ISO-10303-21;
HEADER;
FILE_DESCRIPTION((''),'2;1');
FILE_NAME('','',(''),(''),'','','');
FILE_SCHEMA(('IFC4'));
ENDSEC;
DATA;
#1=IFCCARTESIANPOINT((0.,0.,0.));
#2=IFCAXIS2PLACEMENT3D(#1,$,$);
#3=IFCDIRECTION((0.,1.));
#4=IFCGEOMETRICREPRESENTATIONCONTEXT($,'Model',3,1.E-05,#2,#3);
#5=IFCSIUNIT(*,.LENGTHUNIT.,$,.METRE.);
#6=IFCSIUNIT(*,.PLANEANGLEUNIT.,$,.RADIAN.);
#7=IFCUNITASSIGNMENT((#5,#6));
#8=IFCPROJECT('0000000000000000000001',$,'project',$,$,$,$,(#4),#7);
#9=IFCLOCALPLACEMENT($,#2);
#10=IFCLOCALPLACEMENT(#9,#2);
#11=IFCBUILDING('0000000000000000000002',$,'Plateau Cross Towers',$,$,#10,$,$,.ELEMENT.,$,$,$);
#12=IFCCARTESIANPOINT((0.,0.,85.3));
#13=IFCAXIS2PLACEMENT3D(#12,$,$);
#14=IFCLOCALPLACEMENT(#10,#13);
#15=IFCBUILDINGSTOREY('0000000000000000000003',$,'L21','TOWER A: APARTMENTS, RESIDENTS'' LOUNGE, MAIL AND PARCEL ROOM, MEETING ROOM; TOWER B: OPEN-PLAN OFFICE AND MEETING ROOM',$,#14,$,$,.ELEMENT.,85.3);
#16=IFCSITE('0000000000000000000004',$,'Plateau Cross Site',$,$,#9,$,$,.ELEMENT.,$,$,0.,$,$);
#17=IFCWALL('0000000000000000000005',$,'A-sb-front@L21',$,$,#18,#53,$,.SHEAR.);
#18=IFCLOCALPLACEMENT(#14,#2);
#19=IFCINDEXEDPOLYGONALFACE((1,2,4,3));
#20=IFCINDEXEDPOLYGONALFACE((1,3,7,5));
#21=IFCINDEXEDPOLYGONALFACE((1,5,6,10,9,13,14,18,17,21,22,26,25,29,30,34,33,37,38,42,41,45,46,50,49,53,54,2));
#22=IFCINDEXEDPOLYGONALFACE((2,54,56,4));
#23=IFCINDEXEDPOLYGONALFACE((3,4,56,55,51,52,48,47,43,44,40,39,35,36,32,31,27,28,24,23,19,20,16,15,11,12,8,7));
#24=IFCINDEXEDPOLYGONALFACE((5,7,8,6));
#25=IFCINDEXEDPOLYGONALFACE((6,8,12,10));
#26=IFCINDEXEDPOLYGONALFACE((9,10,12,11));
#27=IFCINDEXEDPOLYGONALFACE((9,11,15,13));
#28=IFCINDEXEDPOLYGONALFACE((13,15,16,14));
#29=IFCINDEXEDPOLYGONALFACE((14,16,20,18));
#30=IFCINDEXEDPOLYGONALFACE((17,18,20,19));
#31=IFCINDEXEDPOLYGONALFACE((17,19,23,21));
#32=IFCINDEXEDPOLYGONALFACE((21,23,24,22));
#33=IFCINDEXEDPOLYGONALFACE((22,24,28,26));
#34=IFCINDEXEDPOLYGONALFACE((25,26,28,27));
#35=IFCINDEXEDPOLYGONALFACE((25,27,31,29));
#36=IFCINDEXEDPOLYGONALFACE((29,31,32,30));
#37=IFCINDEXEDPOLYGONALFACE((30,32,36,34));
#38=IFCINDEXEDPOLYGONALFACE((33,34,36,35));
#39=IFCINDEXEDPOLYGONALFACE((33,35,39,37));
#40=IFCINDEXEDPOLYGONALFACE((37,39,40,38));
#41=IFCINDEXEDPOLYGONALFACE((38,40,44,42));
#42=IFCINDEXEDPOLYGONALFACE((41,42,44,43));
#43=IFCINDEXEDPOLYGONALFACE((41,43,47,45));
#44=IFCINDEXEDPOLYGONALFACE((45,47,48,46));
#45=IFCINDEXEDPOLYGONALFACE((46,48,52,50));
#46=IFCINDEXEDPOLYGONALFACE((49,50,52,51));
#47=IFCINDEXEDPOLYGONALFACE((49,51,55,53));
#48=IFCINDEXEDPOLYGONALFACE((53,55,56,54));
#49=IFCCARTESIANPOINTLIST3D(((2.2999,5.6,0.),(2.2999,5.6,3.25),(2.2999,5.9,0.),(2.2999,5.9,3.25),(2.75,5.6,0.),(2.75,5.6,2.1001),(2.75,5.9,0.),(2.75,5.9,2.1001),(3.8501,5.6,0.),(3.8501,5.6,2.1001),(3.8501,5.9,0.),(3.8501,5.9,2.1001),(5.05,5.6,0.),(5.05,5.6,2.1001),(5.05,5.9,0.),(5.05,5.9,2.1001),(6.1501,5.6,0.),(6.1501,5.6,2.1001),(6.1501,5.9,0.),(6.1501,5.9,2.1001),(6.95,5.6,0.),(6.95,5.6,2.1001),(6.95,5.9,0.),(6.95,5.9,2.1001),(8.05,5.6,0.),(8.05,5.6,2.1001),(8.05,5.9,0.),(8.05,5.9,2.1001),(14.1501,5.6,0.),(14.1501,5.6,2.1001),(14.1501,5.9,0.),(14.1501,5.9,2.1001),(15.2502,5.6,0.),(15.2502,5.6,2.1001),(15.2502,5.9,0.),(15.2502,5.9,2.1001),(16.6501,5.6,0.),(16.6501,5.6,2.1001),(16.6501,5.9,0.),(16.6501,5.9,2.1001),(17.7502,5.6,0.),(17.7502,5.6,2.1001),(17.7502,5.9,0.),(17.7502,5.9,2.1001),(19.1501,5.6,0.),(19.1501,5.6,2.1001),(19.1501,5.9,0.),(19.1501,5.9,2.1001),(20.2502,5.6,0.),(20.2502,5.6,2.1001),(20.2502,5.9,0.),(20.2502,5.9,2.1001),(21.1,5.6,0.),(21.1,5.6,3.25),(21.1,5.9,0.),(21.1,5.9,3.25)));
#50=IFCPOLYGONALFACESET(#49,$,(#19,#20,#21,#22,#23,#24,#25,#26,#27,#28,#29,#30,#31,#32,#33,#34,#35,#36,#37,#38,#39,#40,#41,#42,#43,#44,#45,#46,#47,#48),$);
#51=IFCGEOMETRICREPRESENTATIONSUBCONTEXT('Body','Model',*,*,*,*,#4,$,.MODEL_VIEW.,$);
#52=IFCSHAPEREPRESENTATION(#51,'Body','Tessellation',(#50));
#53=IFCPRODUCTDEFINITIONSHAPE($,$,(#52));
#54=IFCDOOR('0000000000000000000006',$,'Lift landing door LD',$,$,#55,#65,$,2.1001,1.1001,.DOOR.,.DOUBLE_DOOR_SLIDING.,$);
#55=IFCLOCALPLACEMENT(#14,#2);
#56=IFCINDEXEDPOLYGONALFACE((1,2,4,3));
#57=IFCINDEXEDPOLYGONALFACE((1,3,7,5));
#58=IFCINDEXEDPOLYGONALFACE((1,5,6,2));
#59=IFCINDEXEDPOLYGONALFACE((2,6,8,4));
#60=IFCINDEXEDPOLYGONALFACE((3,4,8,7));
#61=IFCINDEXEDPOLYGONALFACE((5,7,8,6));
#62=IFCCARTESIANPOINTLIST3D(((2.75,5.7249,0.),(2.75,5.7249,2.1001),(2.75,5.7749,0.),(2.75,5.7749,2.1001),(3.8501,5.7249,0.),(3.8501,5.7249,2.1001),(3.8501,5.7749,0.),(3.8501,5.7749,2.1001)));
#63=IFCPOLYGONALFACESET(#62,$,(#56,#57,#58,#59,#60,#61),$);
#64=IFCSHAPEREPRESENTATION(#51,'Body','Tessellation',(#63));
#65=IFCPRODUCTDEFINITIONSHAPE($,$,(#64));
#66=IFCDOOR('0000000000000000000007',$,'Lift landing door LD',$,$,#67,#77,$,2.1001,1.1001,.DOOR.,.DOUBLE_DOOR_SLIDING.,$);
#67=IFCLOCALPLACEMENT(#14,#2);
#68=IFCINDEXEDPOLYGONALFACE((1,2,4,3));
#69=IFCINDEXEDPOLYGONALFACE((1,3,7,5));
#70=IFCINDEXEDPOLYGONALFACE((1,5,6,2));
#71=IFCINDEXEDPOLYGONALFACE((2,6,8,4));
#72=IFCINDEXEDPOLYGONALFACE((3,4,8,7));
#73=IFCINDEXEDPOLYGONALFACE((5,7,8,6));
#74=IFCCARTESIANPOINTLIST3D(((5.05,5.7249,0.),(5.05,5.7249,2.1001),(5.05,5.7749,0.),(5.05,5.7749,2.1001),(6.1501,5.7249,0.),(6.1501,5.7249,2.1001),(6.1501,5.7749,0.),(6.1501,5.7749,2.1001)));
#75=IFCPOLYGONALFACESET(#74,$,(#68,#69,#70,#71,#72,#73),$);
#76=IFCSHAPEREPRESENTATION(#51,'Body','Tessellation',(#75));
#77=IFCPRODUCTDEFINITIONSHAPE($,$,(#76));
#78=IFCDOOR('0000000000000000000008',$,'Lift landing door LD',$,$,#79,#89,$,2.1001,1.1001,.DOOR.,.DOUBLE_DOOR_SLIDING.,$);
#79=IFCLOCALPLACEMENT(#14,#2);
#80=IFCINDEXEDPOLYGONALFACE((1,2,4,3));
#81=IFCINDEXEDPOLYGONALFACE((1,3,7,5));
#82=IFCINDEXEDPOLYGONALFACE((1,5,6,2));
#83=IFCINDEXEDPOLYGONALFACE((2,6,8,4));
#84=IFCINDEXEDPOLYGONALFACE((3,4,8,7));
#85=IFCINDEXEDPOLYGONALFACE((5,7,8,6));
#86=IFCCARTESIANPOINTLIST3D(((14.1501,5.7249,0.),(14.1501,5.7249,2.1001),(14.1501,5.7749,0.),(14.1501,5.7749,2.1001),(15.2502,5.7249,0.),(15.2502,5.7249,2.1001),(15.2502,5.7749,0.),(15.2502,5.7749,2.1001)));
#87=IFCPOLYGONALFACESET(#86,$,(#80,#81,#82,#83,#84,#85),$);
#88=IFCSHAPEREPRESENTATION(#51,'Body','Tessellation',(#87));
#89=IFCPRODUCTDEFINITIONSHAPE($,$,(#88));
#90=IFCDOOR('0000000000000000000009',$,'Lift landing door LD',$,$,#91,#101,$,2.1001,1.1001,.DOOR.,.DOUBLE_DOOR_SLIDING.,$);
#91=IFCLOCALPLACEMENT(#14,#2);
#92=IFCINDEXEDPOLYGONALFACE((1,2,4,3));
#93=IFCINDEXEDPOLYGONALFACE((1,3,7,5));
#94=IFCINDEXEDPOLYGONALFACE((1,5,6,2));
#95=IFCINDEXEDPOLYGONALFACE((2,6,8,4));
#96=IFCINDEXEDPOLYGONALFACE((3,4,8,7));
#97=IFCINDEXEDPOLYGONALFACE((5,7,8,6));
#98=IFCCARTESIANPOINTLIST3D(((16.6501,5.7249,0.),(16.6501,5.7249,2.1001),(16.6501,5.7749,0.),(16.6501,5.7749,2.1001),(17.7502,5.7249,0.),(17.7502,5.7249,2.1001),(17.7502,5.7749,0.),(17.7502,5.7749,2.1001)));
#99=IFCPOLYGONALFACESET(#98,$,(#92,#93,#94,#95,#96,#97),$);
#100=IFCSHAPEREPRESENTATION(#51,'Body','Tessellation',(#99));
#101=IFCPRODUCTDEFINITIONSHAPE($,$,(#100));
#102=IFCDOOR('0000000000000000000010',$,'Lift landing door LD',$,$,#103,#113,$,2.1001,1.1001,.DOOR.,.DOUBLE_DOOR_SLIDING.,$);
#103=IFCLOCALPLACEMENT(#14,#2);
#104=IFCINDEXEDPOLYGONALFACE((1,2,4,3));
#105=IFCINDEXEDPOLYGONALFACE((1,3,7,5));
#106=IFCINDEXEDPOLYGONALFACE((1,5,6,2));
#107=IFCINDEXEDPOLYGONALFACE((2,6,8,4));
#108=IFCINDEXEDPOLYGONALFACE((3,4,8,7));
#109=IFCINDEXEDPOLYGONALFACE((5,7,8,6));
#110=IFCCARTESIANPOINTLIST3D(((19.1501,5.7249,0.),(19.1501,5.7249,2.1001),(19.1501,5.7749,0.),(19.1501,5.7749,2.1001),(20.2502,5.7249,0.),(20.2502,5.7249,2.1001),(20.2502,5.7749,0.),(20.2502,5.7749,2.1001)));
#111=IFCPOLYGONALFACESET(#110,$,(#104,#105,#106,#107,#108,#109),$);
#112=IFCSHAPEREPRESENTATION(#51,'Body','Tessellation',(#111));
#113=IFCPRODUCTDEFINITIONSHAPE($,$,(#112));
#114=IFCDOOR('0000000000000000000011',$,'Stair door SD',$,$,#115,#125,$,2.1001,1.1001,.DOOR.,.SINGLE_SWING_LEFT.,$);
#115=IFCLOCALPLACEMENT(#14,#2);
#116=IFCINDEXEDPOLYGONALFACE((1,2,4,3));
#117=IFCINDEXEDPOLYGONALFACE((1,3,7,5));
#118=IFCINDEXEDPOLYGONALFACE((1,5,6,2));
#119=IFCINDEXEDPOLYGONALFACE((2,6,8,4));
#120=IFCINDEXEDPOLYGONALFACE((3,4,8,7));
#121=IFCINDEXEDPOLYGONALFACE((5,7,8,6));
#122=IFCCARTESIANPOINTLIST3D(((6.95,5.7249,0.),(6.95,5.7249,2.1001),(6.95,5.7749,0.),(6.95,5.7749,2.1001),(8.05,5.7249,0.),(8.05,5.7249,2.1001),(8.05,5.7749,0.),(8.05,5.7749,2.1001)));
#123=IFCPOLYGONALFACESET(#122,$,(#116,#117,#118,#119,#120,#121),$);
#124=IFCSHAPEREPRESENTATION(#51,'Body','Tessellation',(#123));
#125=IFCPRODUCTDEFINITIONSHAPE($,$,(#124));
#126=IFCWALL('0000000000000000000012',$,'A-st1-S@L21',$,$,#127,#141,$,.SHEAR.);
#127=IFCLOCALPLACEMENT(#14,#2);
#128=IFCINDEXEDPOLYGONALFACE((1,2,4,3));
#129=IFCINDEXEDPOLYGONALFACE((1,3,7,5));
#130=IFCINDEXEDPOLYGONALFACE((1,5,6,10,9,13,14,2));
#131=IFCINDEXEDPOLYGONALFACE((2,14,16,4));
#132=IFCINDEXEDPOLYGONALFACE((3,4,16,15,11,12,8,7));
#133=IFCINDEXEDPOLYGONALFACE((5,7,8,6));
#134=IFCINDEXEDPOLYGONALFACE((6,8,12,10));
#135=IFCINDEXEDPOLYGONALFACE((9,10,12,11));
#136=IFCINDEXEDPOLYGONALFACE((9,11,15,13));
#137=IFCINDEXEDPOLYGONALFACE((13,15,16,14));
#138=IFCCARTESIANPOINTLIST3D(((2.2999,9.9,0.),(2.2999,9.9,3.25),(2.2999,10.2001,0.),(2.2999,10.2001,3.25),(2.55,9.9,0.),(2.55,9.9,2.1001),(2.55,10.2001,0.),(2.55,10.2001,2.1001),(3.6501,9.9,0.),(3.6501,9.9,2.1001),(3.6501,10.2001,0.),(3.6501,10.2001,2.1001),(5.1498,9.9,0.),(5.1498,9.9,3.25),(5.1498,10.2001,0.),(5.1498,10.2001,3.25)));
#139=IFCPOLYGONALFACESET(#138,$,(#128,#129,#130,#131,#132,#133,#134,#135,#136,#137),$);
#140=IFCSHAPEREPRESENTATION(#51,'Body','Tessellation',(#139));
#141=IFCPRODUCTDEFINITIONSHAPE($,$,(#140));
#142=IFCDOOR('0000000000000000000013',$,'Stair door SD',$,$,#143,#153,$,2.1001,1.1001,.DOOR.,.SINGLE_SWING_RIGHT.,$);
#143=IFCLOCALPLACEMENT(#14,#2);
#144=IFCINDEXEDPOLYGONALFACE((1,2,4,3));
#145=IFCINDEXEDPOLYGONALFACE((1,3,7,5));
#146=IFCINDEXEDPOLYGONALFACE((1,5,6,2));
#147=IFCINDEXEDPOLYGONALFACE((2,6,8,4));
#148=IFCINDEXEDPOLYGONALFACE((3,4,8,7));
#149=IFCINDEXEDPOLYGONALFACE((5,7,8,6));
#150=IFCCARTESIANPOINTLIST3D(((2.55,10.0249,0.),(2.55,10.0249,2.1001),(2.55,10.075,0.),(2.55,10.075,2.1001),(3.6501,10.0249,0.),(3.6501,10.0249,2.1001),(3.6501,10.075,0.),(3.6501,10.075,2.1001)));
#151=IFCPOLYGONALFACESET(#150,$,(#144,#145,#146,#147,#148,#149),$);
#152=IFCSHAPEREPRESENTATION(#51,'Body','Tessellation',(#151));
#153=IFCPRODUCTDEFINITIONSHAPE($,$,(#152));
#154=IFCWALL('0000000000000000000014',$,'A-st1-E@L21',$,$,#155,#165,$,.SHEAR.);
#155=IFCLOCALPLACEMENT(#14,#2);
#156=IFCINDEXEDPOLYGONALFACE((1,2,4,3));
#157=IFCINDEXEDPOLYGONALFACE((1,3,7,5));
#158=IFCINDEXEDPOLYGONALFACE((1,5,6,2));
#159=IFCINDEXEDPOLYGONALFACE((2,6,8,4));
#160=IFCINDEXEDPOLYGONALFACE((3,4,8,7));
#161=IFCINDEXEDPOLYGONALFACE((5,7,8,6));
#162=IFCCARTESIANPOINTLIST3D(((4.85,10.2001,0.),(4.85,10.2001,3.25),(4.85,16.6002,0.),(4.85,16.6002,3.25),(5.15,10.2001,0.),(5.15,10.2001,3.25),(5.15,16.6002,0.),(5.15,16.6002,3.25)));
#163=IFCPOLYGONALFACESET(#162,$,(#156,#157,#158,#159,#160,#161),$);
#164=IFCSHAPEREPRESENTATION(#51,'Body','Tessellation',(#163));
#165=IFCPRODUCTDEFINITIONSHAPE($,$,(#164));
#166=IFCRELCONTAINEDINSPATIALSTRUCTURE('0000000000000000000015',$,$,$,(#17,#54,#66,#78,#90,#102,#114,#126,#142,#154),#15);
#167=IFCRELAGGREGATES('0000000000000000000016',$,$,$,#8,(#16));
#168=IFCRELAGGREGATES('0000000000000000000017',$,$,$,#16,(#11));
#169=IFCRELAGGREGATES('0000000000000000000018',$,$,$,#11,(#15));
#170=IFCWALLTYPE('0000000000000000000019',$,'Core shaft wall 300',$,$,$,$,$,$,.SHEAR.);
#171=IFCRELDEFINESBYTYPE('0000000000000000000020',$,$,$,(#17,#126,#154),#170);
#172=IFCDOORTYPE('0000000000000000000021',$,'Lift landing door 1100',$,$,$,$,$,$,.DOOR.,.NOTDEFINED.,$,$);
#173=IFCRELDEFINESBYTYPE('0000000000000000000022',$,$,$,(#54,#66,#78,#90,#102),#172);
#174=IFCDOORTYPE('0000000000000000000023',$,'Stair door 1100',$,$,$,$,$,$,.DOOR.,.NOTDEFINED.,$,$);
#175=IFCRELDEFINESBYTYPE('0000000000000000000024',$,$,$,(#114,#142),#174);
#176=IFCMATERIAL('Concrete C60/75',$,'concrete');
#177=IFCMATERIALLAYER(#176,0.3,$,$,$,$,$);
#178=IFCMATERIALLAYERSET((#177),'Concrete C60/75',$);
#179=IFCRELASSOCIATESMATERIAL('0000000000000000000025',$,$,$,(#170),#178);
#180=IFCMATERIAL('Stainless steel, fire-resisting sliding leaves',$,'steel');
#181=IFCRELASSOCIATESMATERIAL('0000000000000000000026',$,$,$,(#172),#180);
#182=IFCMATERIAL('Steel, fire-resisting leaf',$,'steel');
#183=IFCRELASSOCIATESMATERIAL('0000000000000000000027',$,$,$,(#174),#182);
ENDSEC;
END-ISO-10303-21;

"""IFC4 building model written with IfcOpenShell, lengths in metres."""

from ifc_helpers import new_model, si_unit, direction, frame, frame_2d, origin, place, context, subcontext, project, spatial, rectangle, extrude, material, layer, layer_set, type_object, element, fill, save


model = new_model("IFC4")

# Units and contexts
model_context = context("Model", 3, precision=1e-05, world=origin(), true_north=direction((0.0, 1.0)))
body_context = subcontext(model_context, "Body", "Model", "MODEL_VIEW")
ifc_project = project(units=[si_unit("LENGTHUNIT", "METRE"), si_unit("PLANEANGLEUNIT", "RADIAN")], contexts=[model_context])

# Site, building, storey
site_placement = place(None, origin())
site = spatial("IfcSite", under=ifc_project, at=site_placement, Name="Plateau Cross Site", CompositionType="ELEMENT", RefElevation=0.0)
building_placement = place(site_placement, origin())
building = spatial("IfcBuilding", under=site, at=building_placement, Name="Plateau Cross Towers", CompositionType="ELEMENT")
storey_placement = place(building_placement, frame((0.0, 0.0, 85.3)))
storey = spatial("IfcBuildingStorey", under=building, at=storey_placement, Name="L21", Description="TOWER A: APARTMENTS, RESIDENTS' LOUNGE, MAIL AND PARCEL ROOM, MEETING ROOM; TOWER B: OPEN-PLAN OFFICE AND MEETING ROOM", CompositionType="ELEMENT", Elevation=85.3)

# Shared definitions
ifc_material_1 = material(Name="Steel, fire-resisting leaf", Category="steel")

# Shared definitions
ifc_material_2 = material(Name="Concrete C60/75", Category="concrete")
ifc_layer_1 = layer(ifc_material_2, 0.3)
ifc_layer_set_1 = layer_set([ifc_layer_1], Name="Concrete C60/75")
wall_type_1 = type_object("IfcWallType", Name="Core shaft wall 300", PredefinedType="SHEAR", material=ifc_layer_set_1)

# Wall, openings, doors
wall_1_placement = place(storey_placement, frame((2.3, 5.75, 0.0), z_axis=(0.0, 0.0, 1.0), x_axis=(1.0, 0.0, 0.0)))
wall_1 = element("IfcWall", 1, at=wall_1_placement, inside=storey, type_object=wall_type_1, Name="A-sb-front@L21", PredefinedType="SHEAR", context=body_context, shape_type="SweptSolid", body=[
    extrude(rectangle(XDim=18.8, YDim=0.3, at=frame_2d((9.3999, 0.0))), origin(), (0.0, 0.0, 1.0), 3.25),
])
opening_1_placement = place(wall_1_placement, frame((4.6499, 0.0, 0.0)))
opening_1 = element("IfcOpeningElement", 2, at=opening_1_placement, cuts=wall_1, PredefinedType="OPENING", context=body_context, shape_type="SweptSolid", body=[
    extrude(rectangle(XDim=1.1001, YDim=2.1001, at=frame_2d((0.55, 1.05))), frame((0.0, 0.1599, 0.0), z_axis=(0.0, -1.0, 0.0), x_axis=(1.0, 0.0, 0.0)), (0.0, 0.0, 1.0), 0.3201),
])
opening_2_placement = place(wall_1_placement, frame((0.45, 0.0, 0.0)))
opening_2 = element("IfcOpeningElement", 3, at=opening_2_placement, cuts=wall_1, PredefinedType="OPENING", context=body_context, shape_type="SweptSolid", body=[
    extrude(rectangle(XDim=1.1001, YDim=2.1001, at=frame_2d((0.55, 1.05))), frame((0.0, 0.1599, 0.0), z_axis=(0.0, -1.0, 0.0), x_axis=(1.0, 0.0, 0.0)), (0.0, 0.0, 1.0), 0.3201),
])
opening_3_placement = place(wall_1_placement, frame((2.75, 0.0, 0.0)))
opening_3 = element("IfcOpeningElement", 4, at=opening_3_placement, cuts=wall_1, PredefinedType="OPENING", context=body_context, shape_type="SweptSolid", body=[
    extrude(rectangle(XDim=1.1001, YDim=2.1001, at=frame_2d((0.55, 1.05))), frame((0.0, 0.1599, 0.0), z_axis=(0.0, -1.0, 0.0), x_axis=(1.0, 0.0, 0.0)), (0.0, 0.0, 1.0), 0.3201),
])
opening_4_placement = place(wall_1_placement, frame((11.8501, 0.0, 0.0)))
opening_4 = element("IfcOpeningElement", 5, at=opening_4_placement, cuts=wall_1, PredefinedType="OPENING", context=body_context, shape_type="SweptSolid", body=[
    extrude(rectangle(XDim=1.1001, YDim=2.1001, at=frame_2d((0.55, 1.05))), frame((0.0, 0.1599, 0.0), z_axis=(0.0, -1.0, 0.0), x_axis=(1.0, 0.0, 0.0)), (0.0, 0.0, 1.0), 0.3201),
])
opening_5_placement = place(wall_1_placement, frame((14.3501, 0.0, 0.0)))
opening_5 = element("IfcOpeningElement", 6, at=opening_5_placement, cuts=wall_1, PredefinedType="OPENING", context=body_context, shape_type="SweptSolid", body=[
    extrude(rectangle(XDim=1.1001, YDim=2.1001, at=frame_2d((0.55, 1.05))), frame((0.0, 0.1599, 0.0), z_axis=(0.0, -1.0, 0.0), x_axis=(1.0, 0.0, 0.0)), (0.0, 0.0, 1.0), 0.3201),
])
opening_6_placement = place(wall_1_placement, frame((16.8501, 0.0, 0.0)))
opening_6 = element("IfcOpeningElement", 7, at=opening_6_placement, cuts=wall_1, PredefinedType="OPENING", context=body_context, shape_type="SweptSolid", body=[
    extrude(rectangle(XDim=1.1001, YDim=2.1001, at=frame_2d((0.55, 1.05))), frame((0.0, 0.1599, 0.0), z_axis=(0.0, -1.0, 0.0), x_axis=(1.0, 0.0, 0.0)), (0.0, 0.0, 1.0), 0.3201),
])
ifc_material_3 = material(Name="Stainless steel, fire-resisting sliding leaves", Category="steel")
door_type_1 = type_object("IfcDoorType", Name="Lift landing door 1100", OperationType="NOTDEFINED", PredefinedType="DOOR", material=ifc_material_3)
door_1_placement = place(opening_2_placement, origin())
door_1 = element("IfcDoor", 8, at=door_1_placement, inside=storey, type_object=door_type_1, Name="Lift landing door LD", OperationType="DOUBLE_DOOR_SLIDING", OverallHeight=2.1001, OverallWidth=1.1001, PredefinedType="DOOR", context=body_context, shape_type="SweptSolid", body=[
    extrude(rectangle(XDim=1.1001, YDim=2.1001, at=frame_2d((0.55, 1.05))), frame((0.0, 0.0249, 0.0), z_axis=(0.0, -1.0, 0.0), x_axis=(1.0, 0.0, 0.0)), (0.0, 0.0, 1.0), 0.05),
])
fill(opening_2, door_1)
door_2_placement = place(opening_3_placement, origin())
door_2 = element("IfcDoor", 9, at=door_2_placement, inside=storey, type_object=door_type_1, Name="Lift landing door LD", OperationType="DOUBLE_DOOR_SLIDING", OverallHeight=2.1001, OverallWidth=1.1001, PredefinedType="DOOR", context=body_context, shape_type="SweptSolid", body=[
    extrude(rectangle(XDim=1.1001, YDim=2.1001, at=frame_2d((0.55, 1.05))), frame((0.0, 0.0249, 0.0), z_axis=(0.0, -1.0, 0.0), x_axis=(1.0, 0.0, 0.0)), (0.0, 0.0, 1.0), 0.05),
])
fill(opening_3, door_2)
door_3_placement = place(opening_4_placement, origin())
door_3 = element("IfcDoor", 10, at=door_3_placement, inside=storey, type_object=door_type_1, Name="Lift landing door LD", OperationType="DOUBLE_DOOR_SLIDING", OverallHeight=2.1001, OverallWidth=1.1001, PredefinedType="DOOR", context=body_context, shape_type="SweptSolid", body=[
    extrude(rectangle(XDim=1.1001, YDim=2.1001, at=frame_2d((0.55, 1.05))), frame((0.0, 0.0249, 0.0), z_axis=(0.0, -1.0, 0.0), x_axis=(1.0, 0.0, 0.0)), (0.0, 0.0, 1.0), 0.05),
])
fill(opening_4, door_3)
door_4_placement = place(opening_5_placement, origin())
door_4 = element("IfcDoor", 11, at=door_4_placement, inside=storey, type_object=door_type_1, Name="Lift landing door LD", OperationType="DOUBLE_DOOR_SLIDING", OverallHeight=2.1001, OverallWidth=1.1001, PredefinedType="DOOR", context=body_context, shape_type="SweptSolid", body=[
    extrude(rectangle(XDim=1.1001, YDim=2.1001, at=frame_2d((0.55, 1.05))), frame((0.0, 0.0249, 0.0), z_axis=(0.0, -1.0, 0.0), x_axis=(1.0, 0.0, 0.0)), (0.0, 0.0, 1.0), 0.05),
])
fill(opening_5, door_4)
door_5_placement = place(opening_6_placement, origin())
door_5 = element("IfcDoor", 12, at=door_5_placement, inside=storey, type_object=door_type_1, Name="Lift landing door LD", OperationType="DOUBLE_DOOR_SLIDING", OverallHeight=2.1001, OverallWidth=1.1001, PredefinedType="DOOR", context=body_context, shape_type="SweptSolid", body=[
    extrude(rectangle(XDim=1.1001, YDim=2.1001, at=frame_2d((0.55, 1.05))), frame((0.0, 0.0249, 0.0), z_axis=(0.0, -1.0, 0.0), x_axis=(1.0, 0.0, 0.0)), (0.0, 0.0, 1.0), 0.05),
])
fill(opening_6, door_5)
door_type_2 = type_object("IfcDoorType", Name="Stair door 1100", OperationType="NOTDEFINED", PredefinedType="DOOR", material=ifc_material_1)
door_6_placement = place(opening_1_placement, origin())
door_6 = element("IfcDoor", 13, at=door_6_placement, inside=storey, type_object=door_type_2, Name="Stair door SD", OperationType="SINGLE_SWING_LEFT", OverallHeight=2.1001, OverallWidth=1.1001, PredefinedType="DOOR", context=body_context, shape_type="SweptSolid", body=[
    extrude(rectangle(XDim=1.1001, YDim=2.1001, at=frame_2d((0.55, 1.05))), frame((0.0, 0.0249, 0.0), z_axis=(0.0, -1.0, 0.0), x_axis=(1.0, 0.0, 0.0)), (0.0, 0.0, 1.0), 0.05),
])
fill(opening_1, door_6)

# Wall, opening, door
wall_2_placement = place(storey_placement, frame((2.3, 10.05, 0.0), z_axis=(0.0, 0.0, 1.0), x_axis=(1.0, 0.0, 0.0)))
wall_2 = element("IfcWall", 14, at=wall_2_placement, inside=storey, type_object=wall_type_1, Name="A-st1-S@L21", PredefinedType="SHEAR", context=body_context, shape_type="SweptSolid", body=[
    extrude(rectangle(XDim=2.8499, YDim=0.3, at=frame_2d((1.4248, 0.0))), origin(), (0.0, 0.0, 1.0), 3.25),
])
opening_7_placement = place(wall_2_placement, frame((0.25, 0.0, 0.0)))
opening_7 = element("IfcOpeningElement", 15, at=opening_7_placement, cuts=wall_2, PredefinedType="OPENING", context=body_context, shape_type="SweptSolid", body=[
    extrude(rectangle(XDim=1.1001, YDim=2.1001, at=frame_2d((0.55, 1.05))), frame((0.0, 0.1599, 0.0), z_axis=(0.0, -1.0, 0.0), x_axis=(1.0, 0.0, 0.0)), (0.0, 0.0, 1.0), 0.3201),
])
door_7_placement = place(opening_7_placement, origin())
door_7 = element("IfcDoor", 16, at=door_7_placement, inside=storey, type_object=door_type_2, Name="Stair door SD", OperationType="SINGLE_SWING_RIGHT", OverallHeight=2.1001, OverallWidth=1.1001, PredefinedType="DOOR", context=body_context, shape_type="SweptSolid", body=[
    extrude(rectangle(XDim=1.1001, YDim=2.1001, at=frame_2d((0.55, 1.05))), frame((0.0, 0.0249, 0.0), z_axis=(0.0, -1.0, 0.0), x_axis=(1.0, 0.0, 0.0)), (0.0, 0.0, 1.0), 0.05),
])
fill(opening_7, door_7)

# Wall
wall_3_placement = place(storey_placement, frame((5.0, 10.2, 0.0), z_axis=(0.0, 0.0, 1.0), x_axis=(0.0, 1.0, 0.0)))
element("IfcWall", 17, at=wall_3_placement, inside=storey, type_object=wall_type_1, Name="A-st1-E@L21", PredefinedType="SHEAR", context=body_context, shape_type="SweptSolid", body=[
    extrude(rectangle(XDim=6.4001, YDim=0.3, at=frame_2d((3.2002, 0.0))), origin(), (0.0, 0.0, 1.0), 3.25),
])

save(model, "model.ifc")
